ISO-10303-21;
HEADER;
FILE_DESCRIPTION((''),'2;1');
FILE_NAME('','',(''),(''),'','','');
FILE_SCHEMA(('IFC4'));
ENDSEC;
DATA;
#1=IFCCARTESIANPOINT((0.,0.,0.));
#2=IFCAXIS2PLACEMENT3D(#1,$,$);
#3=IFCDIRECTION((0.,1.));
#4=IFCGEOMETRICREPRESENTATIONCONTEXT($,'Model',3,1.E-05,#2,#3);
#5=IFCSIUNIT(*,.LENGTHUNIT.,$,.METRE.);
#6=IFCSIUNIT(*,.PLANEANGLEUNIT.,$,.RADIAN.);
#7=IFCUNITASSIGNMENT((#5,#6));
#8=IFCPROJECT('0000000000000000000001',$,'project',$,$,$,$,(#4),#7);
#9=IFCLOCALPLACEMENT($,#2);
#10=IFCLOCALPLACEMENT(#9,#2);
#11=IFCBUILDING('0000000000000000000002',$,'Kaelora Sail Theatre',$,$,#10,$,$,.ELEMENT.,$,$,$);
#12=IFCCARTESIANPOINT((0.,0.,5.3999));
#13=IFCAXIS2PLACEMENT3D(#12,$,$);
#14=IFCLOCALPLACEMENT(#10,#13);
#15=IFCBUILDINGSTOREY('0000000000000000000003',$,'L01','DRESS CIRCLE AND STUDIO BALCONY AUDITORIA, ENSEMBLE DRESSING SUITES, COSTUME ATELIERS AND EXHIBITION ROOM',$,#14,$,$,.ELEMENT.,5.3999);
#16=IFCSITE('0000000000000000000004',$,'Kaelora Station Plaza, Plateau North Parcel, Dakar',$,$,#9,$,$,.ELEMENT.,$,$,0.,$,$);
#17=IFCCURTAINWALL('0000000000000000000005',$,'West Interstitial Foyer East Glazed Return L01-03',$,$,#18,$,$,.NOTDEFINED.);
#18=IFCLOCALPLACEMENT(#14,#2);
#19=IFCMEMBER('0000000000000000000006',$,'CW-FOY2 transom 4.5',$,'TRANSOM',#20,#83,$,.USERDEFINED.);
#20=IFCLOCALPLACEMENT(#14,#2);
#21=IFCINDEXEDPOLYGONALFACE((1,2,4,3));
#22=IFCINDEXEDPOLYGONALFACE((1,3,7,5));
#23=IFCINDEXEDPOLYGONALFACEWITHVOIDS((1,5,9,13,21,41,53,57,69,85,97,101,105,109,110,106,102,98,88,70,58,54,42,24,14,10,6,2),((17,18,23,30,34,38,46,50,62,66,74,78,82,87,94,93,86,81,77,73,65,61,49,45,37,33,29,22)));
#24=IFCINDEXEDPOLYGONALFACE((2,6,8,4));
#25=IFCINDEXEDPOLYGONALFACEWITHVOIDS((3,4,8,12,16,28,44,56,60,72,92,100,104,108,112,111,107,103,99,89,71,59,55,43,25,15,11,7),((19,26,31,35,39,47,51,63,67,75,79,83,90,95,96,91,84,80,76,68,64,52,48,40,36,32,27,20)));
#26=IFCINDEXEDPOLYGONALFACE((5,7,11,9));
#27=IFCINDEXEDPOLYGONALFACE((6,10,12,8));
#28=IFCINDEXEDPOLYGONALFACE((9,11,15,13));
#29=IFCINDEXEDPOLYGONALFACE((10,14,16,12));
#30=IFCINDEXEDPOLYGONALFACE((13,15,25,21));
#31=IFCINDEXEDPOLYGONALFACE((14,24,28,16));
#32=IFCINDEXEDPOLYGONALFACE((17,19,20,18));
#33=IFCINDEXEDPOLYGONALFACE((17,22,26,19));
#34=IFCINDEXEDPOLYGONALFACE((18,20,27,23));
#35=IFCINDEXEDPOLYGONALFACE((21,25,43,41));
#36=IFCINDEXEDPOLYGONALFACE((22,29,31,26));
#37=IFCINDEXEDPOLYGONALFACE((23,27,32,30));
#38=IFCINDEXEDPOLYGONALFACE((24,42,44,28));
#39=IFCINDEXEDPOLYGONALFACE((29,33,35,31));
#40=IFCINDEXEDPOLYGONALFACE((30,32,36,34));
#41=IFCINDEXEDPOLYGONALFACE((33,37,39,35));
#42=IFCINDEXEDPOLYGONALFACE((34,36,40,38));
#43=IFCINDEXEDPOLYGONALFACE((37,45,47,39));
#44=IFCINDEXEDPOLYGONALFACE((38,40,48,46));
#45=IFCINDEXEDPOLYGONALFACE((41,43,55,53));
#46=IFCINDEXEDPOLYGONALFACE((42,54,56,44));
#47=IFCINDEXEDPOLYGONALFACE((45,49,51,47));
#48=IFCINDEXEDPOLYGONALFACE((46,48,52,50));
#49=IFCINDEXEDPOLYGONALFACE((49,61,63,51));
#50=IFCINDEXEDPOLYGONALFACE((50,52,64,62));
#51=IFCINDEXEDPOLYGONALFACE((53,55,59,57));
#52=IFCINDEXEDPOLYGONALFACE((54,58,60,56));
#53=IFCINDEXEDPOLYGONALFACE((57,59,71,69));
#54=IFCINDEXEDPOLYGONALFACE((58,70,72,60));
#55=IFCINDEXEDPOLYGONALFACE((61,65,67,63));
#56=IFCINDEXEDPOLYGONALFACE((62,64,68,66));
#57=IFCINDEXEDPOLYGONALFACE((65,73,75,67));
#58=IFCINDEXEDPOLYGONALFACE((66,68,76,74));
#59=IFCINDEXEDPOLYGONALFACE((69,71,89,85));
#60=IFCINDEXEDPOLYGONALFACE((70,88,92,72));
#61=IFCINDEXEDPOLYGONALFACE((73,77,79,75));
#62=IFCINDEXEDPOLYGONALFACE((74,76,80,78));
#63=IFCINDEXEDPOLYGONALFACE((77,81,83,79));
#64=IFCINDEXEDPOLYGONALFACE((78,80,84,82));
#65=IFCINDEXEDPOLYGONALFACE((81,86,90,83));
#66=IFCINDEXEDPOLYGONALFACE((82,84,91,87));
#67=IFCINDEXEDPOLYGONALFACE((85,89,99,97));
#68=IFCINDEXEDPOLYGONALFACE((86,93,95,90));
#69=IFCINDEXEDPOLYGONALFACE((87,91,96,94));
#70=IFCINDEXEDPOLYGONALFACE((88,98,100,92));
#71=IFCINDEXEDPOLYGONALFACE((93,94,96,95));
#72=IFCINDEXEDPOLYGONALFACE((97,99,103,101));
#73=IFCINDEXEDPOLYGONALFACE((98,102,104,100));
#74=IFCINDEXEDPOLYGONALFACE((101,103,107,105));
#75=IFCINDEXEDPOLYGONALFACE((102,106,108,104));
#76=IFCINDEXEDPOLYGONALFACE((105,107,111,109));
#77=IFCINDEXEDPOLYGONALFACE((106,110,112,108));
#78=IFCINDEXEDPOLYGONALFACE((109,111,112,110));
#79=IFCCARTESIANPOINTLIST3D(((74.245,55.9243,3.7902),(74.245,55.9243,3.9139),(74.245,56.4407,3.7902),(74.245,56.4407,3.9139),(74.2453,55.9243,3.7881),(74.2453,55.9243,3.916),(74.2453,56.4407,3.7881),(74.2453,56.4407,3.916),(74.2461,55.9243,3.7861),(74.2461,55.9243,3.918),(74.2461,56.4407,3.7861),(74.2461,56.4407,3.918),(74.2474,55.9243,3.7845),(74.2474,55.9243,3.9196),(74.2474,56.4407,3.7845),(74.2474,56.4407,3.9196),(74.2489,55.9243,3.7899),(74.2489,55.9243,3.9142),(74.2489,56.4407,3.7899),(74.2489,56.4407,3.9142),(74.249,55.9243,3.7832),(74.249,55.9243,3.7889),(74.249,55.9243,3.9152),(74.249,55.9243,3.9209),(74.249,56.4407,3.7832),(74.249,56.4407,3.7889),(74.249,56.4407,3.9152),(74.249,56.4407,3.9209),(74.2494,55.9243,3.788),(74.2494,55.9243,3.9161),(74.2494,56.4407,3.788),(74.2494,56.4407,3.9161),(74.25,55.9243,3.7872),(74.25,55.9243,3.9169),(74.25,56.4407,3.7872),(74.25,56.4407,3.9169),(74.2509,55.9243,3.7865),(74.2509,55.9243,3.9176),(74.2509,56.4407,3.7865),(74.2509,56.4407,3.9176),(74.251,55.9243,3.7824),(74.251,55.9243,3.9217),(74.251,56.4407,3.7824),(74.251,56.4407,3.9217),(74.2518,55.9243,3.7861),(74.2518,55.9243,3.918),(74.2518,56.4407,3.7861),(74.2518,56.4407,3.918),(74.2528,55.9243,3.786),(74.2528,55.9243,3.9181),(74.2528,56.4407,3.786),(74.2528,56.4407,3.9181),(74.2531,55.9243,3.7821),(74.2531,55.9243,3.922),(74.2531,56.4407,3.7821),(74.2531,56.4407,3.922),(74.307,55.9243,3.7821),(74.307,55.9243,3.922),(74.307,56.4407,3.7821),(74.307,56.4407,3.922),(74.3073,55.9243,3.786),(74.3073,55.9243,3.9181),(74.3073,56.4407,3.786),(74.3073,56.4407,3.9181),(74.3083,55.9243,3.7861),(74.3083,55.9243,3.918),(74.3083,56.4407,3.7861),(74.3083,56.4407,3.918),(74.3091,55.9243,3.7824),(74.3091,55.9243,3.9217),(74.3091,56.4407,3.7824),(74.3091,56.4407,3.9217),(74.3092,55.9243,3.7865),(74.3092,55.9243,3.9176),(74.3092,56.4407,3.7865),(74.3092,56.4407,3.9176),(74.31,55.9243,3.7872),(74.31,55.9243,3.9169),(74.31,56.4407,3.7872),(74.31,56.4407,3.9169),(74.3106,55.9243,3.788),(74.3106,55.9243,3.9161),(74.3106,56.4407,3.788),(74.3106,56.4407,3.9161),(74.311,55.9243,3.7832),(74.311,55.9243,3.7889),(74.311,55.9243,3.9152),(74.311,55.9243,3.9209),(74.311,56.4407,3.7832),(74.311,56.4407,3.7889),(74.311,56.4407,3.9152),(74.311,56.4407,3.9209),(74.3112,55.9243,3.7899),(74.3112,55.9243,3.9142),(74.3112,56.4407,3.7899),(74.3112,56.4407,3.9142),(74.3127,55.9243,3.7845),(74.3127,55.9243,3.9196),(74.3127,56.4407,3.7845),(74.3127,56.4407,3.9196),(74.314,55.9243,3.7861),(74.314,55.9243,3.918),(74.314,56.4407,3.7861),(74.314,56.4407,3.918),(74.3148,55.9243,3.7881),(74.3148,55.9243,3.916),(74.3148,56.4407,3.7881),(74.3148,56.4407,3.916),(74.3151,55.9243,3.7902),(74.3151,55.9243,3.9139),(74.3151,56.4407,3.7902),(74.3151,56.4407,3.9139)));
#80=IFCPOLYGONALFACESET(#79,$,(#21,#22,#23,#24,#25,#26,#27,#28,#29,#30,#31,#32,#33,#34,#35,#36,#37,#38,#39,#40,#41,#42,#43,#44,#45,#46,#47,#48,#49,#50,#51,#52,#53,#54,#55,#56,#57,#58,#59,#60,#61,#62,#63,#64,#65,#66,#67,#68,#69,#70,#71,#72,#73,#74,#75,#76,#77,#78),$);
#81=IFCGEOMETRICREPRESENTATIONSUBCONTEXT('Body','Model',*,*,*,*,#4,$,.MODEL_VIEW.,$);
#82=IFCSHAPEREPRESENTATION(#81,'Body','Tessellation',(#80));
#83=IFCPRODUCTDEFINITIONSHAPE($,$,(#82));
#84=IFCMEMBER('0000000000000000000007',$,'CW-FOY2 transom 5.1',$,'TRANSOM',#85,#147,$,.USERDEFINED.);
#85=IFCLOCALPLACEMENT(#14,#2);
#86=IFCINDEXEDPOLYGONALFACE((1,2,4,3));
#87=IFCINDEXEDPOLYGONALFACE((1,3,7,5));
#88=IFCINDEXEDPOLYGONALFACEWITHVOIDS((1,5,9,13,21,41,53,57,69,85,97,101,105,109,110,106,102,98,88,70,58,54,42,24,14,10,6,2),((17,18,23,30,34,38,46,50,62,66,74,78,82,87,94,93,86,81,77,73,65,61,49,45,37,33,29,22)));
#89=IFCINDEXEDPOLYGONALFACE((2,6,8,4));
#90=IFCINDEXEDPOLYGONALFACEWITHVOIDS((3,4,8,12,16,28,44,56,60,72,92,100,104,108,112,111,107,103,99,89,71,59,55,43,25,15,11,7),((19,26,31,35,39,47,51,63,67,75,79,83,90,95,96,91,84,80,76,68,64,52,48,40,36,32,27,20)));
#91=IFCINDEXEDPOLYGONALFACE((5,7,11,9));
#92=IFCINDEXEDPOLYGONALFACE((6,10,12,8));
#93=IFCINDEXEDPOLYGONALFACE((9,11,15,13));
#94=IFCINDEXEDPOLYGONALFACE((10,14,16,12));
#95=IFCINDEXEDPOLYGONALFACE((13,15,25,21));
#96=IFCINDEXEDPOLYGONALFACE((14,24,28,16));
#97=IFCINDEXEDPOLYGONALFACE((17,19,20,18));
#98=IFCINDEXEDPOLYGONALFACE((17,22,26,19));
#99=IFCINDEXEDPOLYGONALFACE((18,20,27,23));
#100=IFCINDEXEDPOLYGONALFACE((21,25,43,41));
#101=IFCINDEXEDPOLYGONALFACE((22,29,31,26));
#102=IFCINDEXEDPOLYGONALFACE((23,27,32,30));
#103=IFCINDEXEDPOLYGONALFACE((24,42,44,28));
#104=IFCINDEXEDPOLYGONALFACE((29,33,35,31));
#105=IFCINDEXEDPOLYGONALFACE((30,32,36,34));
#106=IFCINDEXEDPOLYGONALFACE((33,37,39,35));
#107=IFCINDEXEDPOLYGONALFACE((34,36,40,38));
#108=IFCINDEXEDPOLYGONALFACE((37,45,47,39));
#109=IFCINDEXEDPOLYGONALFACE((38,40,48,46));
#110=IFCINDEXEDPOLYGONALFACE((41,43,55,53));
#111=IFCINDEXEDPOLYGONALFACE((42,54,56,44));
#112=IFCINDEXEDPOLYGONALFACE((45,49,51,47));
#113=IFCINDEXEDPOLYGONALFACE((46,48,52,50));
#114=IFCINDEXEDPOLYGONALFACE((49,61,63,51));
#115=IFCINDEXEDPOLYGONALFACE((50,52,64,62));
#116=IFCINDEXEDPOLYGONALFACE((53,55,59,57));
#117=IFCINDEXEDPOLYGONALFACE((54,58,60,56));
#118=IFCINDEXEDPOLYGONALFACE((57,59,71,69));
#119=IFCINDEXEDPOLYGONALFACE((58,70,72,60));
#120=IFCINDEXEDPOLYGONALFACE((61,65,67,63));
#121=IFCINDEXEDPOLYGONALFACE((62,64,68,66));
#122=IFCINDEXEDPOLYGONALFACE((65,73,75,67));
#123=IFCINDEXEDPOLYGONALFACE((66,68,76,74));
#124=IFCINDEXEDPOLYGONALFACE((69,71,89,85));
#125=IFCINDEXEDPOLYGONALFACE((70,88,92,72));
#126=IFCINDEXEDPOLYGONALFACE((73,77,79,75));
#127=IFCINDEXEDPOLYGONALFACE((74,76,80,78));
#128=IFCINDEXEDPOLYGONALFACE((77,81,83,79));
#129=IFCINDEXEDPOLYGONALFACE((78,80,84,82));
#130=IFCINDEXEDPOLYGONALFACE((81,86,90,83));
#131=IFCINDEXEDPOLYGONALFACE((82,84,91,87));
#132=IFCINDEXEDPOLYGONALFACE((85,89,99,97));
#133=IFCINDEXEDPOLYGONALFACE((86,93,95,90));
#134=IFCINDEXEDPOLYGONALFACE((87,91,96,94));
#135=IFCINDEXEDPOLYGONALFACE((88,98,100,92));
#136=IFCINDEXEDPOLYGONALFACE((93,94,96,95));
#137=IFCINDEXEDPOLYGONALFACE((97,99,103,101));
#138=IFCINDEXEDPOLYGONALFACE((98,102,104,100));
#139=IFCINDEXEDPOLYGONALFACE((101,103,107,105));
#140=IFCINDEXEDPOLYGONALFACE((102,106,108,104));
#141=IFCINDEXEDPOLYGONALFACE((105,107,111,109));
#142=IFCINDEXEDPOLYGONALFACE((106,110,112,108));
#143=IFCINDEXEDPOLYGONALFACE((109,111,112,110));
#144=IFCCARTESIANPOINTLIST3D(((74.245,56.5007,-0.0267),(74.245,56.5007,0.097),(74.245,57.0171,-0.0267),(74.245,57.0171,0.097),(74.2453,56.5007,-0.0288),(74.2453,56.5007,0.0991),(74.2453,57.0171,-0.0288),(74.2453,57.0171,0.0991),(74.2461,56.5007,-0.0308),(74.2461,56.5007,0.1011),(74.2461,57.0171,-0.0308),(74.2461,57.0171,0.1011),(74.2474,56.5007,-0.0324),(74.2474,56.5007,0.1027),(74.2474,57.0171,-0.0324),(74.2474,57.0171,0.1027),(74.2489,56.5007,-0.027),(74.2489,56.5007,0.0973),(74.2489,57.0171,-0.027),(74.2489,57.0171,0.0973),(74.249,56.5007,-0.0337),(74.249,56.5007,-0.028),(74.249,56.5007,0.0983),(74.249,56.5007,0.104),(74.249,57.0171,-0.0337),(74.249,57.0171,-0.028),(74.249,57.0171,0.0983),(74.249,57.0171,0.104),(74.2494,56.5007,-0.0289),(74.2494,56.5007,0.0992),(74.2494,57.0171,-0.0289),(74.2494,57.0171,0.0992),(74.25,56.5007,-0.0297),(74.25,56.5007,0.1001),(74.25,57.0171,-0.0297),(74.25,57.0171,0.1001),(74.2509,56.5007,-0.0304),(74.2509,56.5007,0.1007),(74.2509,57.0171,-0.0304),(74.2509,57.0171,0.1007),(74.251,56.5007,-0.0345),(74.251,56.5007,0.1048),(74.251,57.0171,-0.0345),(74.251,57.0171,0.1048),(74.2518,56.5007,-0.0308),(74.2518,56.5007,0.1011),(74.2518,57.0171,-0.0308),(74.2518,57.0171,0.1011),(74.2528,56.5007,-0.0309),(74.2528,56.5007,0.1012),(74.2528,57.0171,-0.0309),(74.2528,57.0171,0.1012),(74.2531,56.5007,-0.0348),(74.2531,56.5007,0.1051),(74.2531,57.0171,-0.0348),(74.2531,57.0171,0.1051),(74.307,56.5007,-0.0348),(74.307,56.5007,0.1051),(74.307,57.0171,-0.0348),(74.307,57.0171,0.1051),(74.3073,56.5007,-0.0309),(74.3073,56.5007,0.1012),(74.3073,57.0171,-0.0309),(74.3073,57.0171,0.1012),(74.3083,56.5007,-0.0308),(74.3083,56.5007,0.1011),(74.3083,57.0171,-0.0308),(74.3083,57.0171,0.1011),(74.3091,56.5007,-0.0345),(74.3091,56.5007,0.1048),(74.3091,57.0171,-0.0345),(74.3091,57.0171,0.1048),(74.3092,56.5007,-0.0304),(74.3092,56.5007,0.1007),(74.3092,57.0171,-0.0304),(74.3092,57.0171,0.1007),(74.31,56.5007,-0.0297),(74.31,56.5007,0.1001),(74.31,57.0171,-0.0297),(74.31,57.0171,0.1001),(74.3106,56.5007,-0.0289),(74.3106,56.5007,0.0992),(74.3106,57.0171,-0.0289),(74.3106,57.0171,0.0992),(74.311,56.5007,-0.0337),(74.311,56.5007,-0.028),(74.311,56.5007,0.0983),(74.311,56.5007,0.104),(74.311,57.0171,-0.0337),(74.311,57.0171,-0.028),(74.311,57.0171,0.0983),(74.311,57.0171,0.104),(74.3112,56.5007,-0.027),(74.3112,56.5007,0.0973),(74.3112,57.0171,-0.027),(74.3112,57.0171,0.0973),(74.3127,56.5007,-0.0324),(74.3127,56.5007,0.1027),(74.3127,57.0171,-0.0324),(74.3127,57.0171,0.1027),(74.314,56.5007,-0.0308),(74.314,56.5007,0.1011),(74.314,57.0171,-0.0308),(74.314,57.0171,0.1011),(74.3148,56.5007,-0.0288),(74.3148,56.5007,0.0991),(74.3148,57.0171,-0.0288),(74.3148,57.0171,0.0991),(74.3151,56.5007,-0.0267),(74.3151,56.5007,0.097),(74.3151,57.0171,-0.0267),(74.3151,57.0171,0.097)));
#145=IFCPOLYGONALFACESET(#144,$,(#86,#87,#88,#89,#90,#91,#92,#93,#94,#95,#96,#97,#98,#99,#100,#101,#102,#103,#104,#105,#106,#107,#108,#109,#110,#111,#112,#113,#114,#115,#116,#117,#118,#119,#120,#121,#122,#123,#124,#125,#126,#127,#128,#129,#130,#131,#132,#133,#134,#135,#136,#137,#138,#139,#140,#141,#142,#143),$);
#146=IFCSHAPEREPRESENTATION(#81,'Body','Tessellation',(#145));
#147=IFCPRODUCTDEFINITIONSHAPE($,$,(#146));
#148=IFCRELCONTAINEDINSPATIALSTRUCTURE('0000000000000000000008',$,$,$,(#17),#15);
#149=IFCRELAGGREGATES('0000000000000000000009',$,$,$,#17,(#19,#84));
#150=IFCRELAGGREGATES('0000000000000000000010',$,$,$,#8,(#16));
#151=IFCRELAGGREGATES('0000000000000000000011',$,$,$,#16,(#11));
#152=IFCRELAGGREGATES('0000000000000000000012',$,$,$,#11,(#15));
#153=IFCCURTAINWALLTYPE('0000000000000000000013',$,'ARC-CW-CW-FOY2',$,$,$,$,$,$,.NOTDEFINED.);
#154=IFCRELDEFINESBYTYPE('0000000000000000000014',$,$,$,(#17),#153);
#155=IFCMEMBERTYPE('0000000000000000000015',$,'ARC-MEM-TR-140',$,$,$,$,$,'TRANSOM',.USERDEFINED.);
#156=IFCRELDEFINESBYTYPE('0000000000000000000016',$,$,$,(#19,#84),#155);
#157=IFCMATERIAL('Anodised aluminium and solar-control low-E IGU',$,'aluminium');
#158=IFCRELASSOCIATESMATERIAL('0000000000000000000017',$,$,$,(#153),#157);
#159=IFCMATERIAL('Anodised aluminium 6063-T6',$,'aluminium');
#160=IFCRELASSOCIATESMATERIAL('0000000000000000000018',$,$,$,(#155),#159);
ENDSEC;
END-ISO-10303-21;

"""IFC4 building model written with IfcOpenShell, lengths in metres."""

from ifc_helpers import new_model, si_unit, direction, frame, origin, origin_2d, place, context, subcontext, project, spatial, hollow_rectangle, extrude, material, material_profile, profile_set, type_object, element, aggregate, save


model = new_model("IFC4")

# Units and contexts
model_context = context("Model", 3, precision=1e-05, world=origin(), true_north=direction((0.0, 1.0)))
body_context = subcontext(model_context, "Body", "Model", "MODEL_VIEW")
ifc_project = project(units=[si_unit("LENGTHUNIT", "METRE"), si_unit("PLANEANGLEUNIT", "RADIAN")], contexts=[model_context])

# Site, building, storey
site_placement = place(None, origin())
site = spatial("IfcSite", under=ifc_project, at=site_placement, Name="Kaelora Station Plaza, Plateau North Parcel, Dakar", CompositionType="ELEMENT", RefElevation=0.0)
building_placement = place(site_placement, origin())
building = spatial("IfcBuilding", under=site, at=building_placement, Name="Kaelora Sail Theatre", CompositionType="ELEMENT")
storey_placement = place(building_placement, frame((0.0, 0.0, 5.3999)))
storey = spatial("IfcBuildingStorey", under=building, at=storey_placement, Name="L01", Description="DRESS CIRCLE AND STUDIO BALCONY AUDITORIA, ENSEMBLE DRESSING SUITES, COSTUME ATELIERS AND EXHIBITION ROOM", CompositionType="ELEMENT", Elevation=5.3999)

# Curtain wall, members
ifc_material_1 = material(Name="Anodised aluminium and solar-control low-E IGU", Category="aluminium")
curtain_wall_type = type_object("IfcCurtainWallType", Name="ARC-CW-CW-FOY2", PredefinedType="NOTDEFINED", material=ifc_material_1)
curtain_wall_placement = place(storey_placement, origin())
curtain_wall = element("IfcCurtainWall", 1, at=curtain_wall_placement, inside=storey, type_object=curtain_wall_type, Name="West Interstitial Foyer East Glazed Return L01-03", PredefinedType="NOTDEFINED")
ifc_material_2 = material(Name="Anodised aluminium 6063-T6", Category="aluminium")
ifc_material_profile_1 = material_profile(ifc_material_2, hollow_rectangle(XDim=0.0701, YDim=0.1399, WallThickness=0.0039, InnerFilletRadius=0.0039, OuterFilletRadius=0.0081, at=origin_2d()), Name="ALU-TRAN 70x140x4")
ifc_profile_set_1 = profile_set([ifc_material_profile_1], Name="Anodised aluminium 6063-T6")
member_type_1 = type_object("IfcMemberType", Name="ARC-MEM-TR-140", ElementType="TRANSOM", PredefinedType="USERDEFINED", material=ifc_profile_set_1)
member_1_placement = place(storey_placement, frame((74.28, 55.9243, 3.8521), z_axis=(0.0, 1.0, 0.0), x_axis=(-1.0, 0.0, 0.0)))
member_1 = element("IfcMember", 2, at=member_1_placement, type_object=member_type_1, Name="CW-FOY2 transom 4.5", ObjectType="TRANSOM", PredefinedType="USERDEFINED", context=body_context, shape_type="SweptSolid", body=[
    extrude(hollow_rectangle(XDim=0.0701, YDim=0.1399, WallThickness=0.0039, InnerFilletRadius=0.0039, OuterFilletRadius=0.0081, at=origin_2d()), origin(), (0.0, 0.0, 1.0), 0.5164),
])
member_2_placement = place(storey_placement, frame((74.28, 56.5007, 0.0352), z_axis=(0.0, 1.0, 0.0), x_axis=(-1.0, 0.0, 0.0)))
member_2 = element("IfcMember", 3, at=member_2_placement, type_object=member_type_1, Name="CW-FOY2 transom 5.1", ObjectType="TRANSOM", PredefinedType="USERDEFINED", context=body_context, shape_type="SweptSolid", body=[
    extrude(hollow_rectangle(XDim=0.0701, YDim=0.1399, WallThickness=0.0039, InnerFilletRadius=0.0039, OuterFilletRadius=0.0081, at=origin_2d()), origin(), (0.0, 0.0, 1.0), 0.5164),
])
aggregate(curtain_wall, [member_1, member_2])

save(model, "model.ifc")
